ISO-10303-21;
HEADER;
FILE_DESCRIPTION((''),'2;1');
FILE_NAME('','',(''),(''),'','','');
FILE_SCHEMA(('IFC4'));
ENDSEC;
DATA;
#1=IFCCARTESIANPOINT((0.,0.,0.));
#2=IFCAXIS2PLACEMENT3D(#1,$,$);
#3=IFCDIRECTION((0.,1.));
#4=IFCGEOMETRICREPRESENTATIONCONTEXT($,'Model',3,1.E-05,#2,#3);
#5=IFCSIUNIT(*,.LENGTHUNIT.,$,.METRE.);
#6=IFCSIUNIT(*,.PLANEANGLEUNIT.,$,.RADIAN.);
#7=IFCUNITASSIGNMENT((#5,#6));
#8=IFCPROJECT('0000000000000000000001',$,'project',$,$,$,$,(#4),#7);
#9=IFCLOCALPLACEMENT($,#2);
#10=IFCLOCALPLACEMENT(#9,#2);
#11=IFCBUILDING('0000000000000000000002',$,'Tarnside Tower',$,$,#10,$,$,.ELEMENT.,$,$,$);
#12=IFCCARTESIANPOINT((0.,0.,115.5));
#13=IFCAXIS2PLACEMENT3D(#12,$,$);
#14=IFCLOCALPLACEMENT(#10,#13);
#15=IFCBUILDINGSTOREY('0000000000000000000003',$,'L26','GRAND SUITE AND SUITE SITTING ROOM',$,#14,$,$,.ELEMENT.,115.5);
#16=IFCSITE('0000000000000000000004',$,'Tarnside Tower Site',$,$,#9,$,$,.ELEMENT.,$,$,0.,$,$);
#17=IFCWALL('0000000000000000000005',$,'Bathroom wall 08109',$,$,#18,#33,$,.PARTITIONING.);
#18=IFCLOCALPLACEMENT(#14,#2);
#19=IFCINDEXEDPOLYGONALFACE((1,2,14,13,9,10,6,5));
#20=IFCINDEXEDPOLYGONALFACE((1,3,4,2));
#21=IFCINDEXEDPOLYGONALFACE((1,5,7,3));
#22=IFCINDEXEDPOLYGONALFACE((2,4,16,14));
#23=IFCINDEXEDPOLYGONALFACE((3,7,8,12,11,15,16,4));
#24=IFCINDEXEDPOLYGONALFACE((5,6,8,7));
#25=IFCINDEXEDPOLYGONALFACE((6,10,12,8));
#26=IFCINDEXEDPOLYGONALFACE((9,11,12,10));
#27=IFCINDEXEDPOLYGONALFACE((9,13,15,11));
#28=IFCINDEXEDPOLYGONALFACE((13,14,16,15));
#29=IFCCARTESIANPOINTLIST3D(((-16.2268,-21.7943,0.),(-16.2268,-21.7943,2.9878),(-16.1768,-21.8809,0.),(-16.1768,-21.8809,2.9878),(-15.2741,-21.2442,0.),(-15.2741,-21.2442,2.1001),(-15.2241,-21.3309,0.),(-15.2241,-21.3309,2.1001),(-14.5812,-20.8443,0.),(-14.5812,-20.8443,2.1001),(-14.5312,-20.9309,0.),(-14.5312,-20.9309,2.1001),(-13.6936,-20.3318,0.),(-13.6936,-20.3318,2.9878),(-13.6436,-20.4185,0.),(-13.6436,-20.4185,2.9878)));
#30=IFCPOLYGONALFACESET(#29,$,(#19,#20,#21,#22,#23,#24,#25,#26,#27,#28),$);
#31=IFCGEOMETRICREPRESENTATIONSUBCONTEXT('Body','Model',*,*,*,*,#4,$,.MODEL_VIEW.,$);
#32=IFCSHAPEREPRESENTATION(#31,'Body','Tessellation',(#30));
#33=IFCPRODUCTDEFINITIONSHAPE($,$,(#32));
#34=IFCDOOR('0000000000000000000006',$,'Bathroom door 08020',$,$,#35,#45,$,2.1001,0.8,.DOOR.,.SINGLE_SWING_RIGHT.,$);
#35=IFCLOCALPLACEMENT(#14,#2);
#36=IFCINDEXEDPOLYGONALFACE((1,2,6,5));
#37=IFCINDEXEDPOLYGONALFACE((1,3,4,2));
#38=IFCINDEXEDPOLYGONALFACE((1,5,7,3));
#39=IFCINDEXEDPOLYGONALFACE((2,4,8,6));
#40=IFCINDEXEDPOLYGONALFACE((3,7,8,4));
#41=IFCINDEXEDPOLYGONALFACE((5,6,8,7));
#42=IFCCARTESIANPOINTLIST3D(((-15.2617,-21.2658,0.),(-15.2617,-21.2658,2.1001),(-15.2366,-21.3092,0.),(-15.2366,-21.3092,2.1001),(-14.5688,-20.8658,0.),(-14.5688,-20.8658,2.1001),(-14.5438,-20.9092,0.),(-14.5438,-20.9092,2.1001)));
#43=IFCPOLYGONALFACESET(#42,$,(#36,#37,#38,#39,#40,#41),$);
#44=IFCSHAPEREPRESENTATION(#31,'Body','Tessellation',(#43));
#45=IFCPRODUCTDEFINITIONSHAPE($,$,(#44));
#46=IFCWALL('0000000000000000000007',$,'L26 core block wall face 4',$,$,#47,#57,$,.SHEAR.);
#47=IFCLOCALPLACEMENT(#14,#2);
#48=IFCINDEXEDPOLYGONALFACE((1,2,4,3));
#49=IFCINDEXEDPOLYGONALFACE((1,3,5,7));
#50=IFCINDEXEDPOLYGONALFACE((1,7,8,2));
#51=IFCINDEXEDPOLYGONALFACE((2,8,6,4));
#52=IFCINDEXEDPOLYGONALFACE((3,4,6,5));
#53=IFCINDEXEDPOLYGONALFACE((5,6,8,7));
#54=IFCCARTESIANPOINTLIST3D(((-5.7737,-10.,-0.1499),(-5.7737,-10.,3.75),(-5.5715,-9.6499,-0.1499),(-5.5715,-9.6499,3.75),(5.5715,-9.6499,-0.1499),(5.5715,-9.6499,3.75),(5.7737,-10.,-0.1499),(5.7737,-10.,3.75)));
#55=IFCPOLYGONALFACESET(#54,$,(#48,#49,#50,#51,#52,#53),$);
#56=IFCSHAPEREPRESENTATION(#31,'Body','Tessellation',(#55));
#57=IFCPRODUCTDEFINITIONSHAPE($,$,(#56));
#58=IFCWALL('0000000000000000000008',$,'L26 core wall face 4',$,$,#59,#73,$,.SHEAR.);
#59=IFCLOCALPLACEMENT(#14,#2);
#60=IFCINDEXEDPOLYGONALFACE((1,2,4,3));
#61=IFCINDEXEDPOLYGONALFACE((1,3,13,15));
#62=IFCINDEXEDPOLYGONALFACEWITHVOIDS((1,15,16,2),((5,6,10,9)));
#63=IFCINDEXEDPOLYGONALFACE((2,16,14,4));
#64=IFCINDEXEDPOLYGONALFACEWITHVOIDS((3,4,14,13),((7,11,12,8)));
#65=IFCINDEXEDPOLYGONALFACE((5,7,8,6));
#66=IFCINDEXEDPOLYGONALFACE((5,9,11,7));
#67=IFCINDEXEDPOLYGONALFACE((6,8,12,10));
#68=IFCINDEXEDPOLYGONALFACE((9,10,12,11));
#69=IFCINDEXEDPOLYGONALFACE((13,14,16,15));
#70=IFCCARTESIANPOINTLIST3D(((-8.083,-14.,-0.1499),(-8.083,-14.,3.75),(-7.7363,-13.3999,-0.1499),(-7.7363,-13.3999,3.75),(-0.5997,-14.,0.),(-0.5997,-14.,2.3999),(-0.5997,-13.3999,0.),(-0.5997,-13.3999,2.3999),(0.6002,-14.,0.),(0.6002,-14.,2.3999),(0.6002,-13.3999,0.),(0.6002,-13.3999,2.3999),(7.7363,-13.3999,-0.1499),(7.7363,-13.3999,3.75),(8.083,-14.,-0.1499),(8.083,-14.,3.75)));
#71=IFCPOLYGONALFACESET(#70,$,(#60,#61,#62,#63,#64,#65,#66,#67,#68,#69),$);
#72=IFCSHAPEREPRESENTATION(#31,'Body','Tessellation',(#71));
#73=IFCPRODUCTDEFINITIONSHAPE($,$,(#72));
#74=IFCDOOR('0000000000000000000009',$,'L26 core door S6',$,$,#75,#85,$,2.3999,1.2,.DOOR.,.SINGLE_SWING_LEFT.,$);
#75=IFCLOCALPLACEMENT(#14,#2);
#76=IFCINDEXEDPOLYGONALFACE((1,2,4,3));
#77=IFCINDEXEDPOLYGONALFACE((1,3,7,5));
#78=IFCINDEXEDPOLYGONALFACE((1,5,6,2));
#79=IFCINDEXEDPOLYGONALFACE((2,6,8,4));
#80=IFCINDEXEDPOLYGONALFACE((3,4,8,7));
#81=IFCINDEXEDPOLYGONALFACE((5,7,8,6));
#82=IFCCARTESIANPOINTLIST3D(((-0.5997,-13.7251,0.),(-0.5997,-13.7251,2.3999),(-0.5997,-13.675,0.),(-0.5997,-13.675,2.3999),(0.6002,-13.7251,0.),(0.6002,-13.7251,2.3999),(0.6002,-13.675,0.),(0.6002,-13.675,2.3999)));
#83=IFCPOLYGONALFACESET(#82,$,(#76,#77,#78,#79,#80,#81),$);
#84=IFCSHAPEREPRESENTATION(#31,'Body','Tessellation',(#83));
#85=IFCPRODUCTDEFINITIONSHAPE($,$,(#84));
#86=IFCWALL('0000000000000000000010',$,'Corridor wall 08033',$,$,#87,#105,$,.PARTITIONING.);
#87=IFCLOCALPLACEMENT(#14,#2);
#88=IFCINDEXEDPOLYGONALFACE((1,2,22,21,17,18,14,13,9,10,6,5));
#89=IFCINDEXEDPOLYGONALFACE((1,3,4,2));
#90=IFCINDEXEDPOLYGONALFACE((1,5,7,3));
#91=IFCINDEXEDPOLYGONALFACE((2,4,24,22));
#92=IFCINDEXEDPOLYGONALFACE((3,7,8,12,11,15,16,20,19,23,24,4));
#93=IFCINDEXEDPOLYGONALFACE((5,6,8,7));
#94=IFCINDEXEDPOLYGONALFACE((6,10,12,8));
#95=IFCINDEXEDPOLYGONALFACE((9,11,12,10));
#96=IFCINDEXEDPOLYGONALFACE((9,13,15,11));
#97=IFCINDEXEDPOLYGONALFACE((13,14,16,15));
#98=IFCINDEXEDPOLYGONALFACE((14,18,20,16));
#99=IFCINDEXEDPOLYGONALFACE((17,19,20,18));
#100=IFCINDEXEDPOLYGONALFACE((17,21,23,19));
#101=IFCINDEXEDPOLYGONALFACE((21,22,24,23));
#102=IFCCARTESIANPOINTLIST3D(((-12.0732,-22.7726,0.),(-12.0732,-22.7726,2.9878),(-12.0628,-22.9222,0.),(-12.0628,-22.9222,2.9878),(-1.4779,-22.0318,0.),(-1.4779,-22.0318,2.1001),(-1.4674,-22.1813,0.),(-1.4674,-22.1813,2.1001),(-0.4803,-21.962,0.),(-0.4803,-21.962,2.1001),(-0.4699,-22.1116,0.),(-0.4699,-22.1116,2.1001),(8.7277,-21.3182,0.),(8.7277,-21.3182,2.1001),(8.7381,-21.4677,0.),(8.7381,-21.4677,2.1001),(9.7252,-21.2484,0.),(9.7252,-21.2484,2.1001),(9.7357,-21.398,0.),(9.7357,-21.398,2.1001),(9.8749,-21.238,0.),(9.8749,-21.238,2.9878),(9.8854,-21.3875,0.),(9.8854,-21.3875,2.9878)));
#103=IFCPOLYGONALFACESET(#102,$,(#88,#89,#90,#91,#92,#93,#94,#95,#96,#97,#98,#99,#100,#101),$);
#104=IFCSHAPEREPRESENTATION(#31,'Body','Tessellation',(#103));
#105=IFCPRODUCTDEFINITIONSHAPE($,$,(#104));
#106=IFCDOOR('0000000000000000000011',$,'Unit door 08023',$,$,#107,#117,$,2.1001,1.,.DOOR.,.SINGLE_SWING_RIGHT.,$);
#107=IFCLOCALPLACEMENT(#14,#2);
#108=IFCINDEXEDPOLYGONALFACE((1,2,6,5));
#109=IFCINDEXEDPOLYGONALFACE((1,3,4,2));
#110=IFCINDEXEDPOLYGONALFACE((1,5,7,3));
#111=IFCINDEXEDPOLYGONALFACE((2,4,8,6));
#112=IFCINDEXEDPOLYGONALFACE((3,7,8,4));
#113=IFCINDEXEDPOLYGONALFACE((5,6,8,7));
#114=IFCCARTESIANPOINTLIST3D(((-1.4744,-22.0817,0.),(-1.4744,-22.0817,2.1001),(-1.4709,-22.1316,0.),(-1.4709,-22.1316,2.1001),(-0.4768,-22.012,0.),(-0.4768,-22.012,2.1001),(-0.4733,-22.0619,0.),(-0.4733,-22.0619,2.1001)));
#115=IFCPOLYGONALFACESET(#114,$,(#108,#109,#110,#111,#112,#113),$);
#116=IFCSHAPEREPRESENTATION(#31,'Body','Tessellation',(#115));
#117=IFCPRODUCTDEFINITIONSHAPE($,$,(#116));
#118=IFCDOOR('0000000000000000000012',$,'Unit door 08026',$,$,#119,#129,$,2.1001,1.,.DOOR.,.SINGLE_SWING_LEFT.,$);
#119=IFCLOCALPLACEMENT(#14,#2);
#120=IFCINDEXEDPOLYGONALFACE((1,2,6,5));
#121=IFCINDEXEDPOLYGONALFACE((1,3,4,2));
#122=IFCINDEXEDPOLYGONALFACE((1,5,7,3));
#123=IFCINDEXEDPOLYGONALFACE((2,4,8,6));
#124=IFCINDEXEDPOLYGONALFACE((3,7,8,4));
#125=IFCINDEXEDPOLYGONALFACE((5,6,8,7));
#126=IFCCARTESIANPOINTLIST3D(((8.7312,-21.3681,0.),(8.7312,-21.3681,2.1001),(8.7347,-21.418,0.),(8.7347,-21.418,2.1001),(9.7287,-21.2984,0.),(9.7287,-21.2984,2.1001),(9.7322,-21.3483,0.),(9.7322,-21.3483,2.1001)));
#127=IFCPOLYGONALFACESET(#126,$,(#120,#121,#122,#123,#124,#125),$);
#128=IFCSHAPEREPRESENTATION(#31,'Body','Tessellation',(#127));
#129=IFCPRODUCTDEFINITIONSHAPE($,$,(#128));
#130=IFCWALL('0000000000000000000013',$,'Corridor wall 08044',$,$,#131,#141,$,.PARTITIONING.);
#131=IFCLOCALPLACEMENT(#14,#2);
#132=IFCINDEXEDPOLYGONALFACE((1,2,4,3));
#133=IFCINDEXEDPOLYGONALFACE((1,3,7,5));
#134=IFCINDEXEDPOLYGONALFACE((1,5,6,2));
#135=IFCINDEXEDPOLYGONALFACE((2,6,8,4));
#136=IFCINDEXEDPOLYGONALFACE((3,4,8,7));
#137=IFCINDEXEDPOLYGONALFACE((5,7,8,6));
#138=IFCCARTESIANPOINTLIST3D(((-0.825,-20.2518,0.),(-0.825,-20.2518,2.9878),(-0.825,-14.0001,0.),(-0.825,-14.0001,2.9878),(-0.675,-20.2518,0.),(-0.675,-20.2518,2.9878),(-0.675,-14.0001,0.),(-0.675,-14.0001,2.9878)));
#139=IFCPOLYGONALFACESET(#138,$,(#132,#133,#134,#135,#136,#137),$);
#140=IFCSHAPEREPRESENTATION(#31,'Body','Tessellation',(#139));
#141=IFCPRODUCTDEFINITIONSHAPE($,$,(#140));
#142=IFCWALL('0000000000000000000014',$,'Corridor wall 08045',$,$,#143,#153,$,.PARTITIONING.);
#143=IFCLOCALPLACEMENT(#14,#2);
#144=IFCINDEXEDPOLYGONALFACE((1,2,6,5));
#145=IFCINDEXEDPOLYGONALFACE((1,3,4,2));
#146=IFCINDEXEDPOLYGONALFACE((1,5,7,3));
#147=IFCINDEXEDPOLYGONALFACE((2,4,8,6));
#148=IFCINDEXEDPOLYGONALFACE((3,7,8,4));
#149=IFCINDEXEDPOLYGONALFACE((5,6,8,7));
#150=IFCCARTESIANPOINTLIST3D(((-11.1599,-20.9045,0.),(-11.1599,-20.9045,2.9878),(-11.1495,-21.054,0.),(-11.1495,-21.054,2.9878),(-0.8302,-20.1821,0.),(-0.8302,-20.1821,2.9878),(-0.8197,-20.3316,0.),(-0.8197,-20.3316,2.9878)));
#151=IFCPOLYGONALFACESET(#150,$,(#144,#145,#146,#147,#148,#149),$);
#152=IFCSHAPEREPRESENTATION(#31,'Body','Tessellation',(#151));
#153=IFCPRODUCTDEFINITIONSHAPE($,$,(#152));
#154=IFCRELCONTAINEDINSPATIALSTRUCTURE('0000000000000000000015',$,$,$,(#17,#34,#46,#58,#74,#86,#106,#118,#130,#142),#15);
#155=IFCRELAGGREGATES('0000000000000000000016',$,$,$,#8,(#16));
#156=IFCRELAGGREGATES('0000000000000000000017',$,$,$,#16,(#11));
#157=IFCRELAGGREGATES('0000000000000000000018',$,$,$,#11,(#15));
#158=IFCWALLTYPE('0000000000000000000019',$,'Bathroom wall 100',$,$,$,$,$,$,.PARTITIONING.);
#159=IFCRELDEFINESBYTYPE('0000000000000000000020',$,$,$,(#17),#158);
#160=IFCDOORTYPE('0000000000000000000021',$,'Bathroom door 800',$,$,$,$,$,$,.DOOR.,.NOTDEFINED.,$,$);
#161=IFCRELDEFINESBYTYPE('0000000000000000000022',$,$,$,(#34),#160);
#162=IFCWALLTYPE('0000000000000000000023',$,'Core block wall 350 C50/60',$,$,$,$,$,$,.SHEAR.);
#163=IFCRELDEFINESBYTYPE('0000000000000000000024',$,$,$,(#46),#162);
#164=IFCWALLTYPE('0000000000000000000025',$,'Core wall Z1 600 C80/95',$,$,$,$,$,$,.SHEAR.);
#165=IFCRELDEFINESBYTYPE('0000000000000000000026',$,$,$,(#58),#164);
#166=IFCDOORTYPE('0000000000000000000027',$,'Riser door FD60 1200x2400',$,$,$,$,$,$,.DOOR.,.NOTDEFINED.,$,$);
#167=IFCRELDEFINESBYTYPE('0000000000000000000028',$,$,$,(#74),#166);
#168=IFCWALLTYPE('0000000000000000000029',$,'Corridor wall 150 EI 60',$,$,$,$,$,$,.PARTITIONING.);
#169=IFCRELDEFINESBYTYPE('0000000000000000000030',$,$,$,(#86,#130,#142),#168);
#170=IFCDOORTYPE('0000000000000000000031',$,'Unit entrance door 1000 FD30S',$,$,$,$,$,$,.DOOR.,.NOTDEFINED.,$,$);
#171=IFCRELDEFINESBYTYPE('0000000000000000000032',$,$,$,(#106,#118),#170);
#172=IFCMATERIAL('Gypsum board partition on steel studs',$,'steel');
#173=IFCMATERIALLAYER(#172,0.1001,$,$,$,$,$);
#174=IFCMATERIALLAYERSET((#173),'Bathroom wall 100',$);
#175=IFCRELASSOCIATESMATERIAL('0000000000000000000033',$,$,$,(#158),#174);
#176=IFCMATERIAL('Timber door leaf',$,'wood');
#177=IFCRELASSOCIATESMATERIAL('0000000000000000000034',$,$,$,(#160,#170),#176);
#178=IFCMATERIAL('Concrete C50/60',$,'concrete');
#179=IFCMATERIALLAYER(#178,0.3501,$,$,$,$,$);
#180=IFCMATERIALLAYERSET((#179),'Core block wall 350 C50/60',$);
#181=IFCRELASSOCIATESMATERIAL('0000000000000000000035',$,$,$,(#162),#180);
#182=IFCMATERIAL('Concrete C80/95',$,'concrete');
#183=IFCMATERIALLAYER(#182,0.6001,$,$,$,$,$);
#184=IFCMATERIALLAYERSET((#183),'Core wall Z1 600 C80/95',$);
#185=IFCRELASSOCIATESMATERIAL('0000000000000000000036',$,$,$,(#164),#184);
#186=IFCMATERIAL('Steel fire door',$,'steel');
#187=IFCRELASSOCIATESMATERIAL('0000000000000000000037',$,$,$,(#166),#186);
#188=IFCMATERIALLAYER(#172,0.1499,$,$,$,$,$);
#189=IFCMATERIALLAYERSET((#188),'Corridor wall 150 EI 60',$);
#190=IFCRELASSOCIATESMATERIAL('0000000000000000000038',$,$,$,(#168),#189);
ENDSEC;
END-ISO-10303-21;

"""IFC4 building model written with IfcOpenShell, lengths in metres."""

from ifc_helpers import new_model, si_unit, direction, frame, frame_2d, origin, place, context, subcontext, project, spatial, polyline, rectangle, outline, extrude, material, layer, layer_set, type_object, element, fill, save


model = new_model("IFC4")

# Units and contexts
model_context = context("Model", 3, precision=1e-05, world=origin(), true_north=direction((0.0, 1.0)))
body_context = subcontext(model_context, "Body", "Model", "MODEL_VIEW")
ifc_project = project(units=[si_unit("LENGTHUNIT", "METRE"), si_unit("PLANEANGLEUNIT", "RADIAN")], contexts=[model_context])

# Site, building, storey
site_placement = place(None, origin())
site = spatial("IfcSite", under=ifc_project, at=site_placement, Name="Tarnside Tower Site", CompositionType="ELEMENT", RefElevation=0.0)
building_placement = place(site_placement, origin())
building = spatial("IfcBuilding", under=site, at=building_placement, Name="Tarnside Tower", CompositionType="ELEMENT")
storey_placement = place(building_placement, frame((0.0, 0.0, 115.5)))
storey = spatial("IfcBuildingStorey", under=building, at=storey_placement, Name="L26", Description="GRAND SUITE AND SUITE SITTING ROOM", CompositionType="ELEMENT", Elevation=115.5)

# Wall, opening, door
ifc_material_1 = material(Name="Gypsum board partition on steel studs", Category="steel")
ifc_layer_1 = layer(ifc_material_1, 0.1001)
ifc_layer_set_1 = layer_set([ifc_layer_1], Name="Bathroom wall 100")
wall_type_1 = type_object("IfcWallType", Name="Bathroom wall 100", PredefinedType="PARTITIONING", material=ifc_layer_set_1)
wall_1_placement = place(storey_placement, frame((-13.6687, -20.3752, 0.0), z_axis=(0.0, 0.0, 1.0), x_axis=(-0.866047, -0.499963, 0.0)))
wall_1 = element("IfcWall", 1, at=wall_1_placement, inside=storey, type_object=wall_type_1, Name="Bathroom wall 08109", PredefinedType="PARTITIONING", context=body_context, shape_type="SweptSolid", body=[
    extrude(rectangle(XDim=2.925, YDim=0.1001, at=frame_2d((1.4624, 0.0))), origin(), (0.0, 0.0, 1.0), 2.9878),
])
opening_1_placement = place(wall_1_placement, frame((1.0249, 0.0, 0.0)))
opening_1 = element("IfcOpeningElement", 2, at=opening_1_placement, cuts=wall_1, PredefinedType="OPENING", context=body_context, shape_type="SweptSolid", body=[
    extrude(rectangle(XDim=0.8, YDim=2.1001, at=frame_2d((0.3999, 1.05))), frame((0.0, 0.0601, 0.0), z_axis=(0.0, -1.0, 0.0), x_axis=(1.0, 0.0, 0.0)), (0.0, 0.0, 1.0), 0.1201),
])
ifc_material_2 = material(Name="Timber door leaf", Category="wood")
door_type_1 = type_object("IfcDoorType", Name="Bathroom door 800", OperationType="NOTDEFINED", PredefinedType="DOOR", material=ifc_material_2)
door_1_placement = place(opening_1_placement, origin())
door_1 = element("IfcDoor", 3, at=door_1_placement, inside=storey, type_object=door_type_1, Name="Bathroom door 08020", OperationType="SINGLE_SWING_RIGHT", OverallHeight=2.1001, OverallWidth=0.8, PredefinedType="DOOR", context=body_context, shape_type="SweptSolid", body=[
    extrude(rectangle(XDim=0.8, YDim=2.1001, at=frame_2d((0.3999, 1.05))), frame((0.0, 0.0249, 0.0), z_axis=(0.0, -1.0, 0.0), x_axis=(1.0, 0.0, 0.0)), (0.0, 0.0, 1.0), 0.05),
])
fill(opening_1, door_1)

# Wall
ifc_material_3 = material(Name="Concrete C50/60", Category="concrete")
ifc_layer_2 = layer(ifc_material_3, 0.3501)
ifc_layer_set_2 = layer_set([ifc_layer_2], Name="Core block wall 350 C50/60")
wall_type_2 = type_object("IfcWallType", Name="Core block wall 350 C50/60", PredefinedType="SHEAR", material=ifc_layer_set_2)
wall_2_placement = place(storey_placement, frame((-5.6726, -9.825, -0.1499), z_axis=(0.0, 0.0, 1.0), x_axis=(1.0, 0.0, 0.0)))
element("IfcWall", 4, at=wall_2_placement, inside=storey, type_object=wall_type_2, Name="L26 core block wall face 4", PredefinedType="SHEAR", context=body_context, shape_type="SweptSolid", body=[
    extrude(outline(polyline([(-0.1011, -0.175), (11.4463, -0.175), (11.2441, 0.175), (0.1011, 0.175), (-0.1011, -0.175)])), origin(), (0.0, 0.0, 1.0), 3.8999),
])

# Wall, opening, door
ifc_material_4 = material(Name="Concrete C80/95", Category="concrete")
ifc_layer_3 = layer(ifc_material_4, 0.6001)
ifc_layer_set_3 = layer_set([ifc_layer_3], Name="Core wall Z1 600 C80/95")
wall_type_3 = type_object("IfcWallType", Name="Core wall Z1 600 C80/95", PredefinedType="SHEAR", material=ifc_layer_set_3)
wall_3_placement = place(storey_placement, frame((-7.9097, -13.7, -0.1499), z_axis=(0.0, 0.0, 1.0), x_axis=(1.0, 0.0, 0.0)))
wall_3 = element("IfcWall", 5, at=wall_3_placement, inside=storey, type_object=wall_type_3, Name="L26 core wall face 4", PredefinedType="SHEAR", context=body_context, shape_type="SweptSolid", body=[
    extrude(outline(polyline([(-0.1733, -0.3), (15.9927, -0.3), (15.646, 0.3), (0.1733, 0.3), (-0.1733, -0.3)])), origin(), (0.0, 0.0, 1.0), 3.8999),
])
opening_2_placement = place(wall_3_placement, frame((7.3098, 0.0, 0.1499)))
opening_2 = element("IfcOpeningElement", 6, at=opening_2_placement, cuts=wall_3, PredefinedType="OPENING", context=body_context, shape_type="SweptSolid", body=[
    extrude(rectangle(XDim=1.2, YDim=2.3999, at=frame_2d((0.6001, 1.2))), frame((0.0, 0.3101, 0.0), z_axis=(0.0, -1.0, 0.0), x_axis=(1.0, 0.0, 0.0)), (0.0, 0.0, 1.0), 0.6201),
])
ifc_material_5 = material(Name="Steel fire door", Category="steel")
door_type_2 = type_object("IfcDoorType", Name="Riser door FD60 1200x2400", OperationType="NOTDEFINED", PredefinedType="DOOR", material=ifc_material_5)
door_2_placement = place(opening_2_placement, origin())
door_2 = element("IfcDoor", 7, at=door_2_placement, inside=storey, type_object=door_type_2, Name="L26 core door S6", OperationType="SINGLE_SWING_LEFT", OverallHeight=2.3999, OverallWidth=1.2, PredefinedType="DOOR", context=body_context, shape_type="SweptSolid", body=[
    extrude(rectangle(XDim=1.2, YDim=2.3999, at=frame_2d((0.6001, 1.2))), frame((0.0, 0.0249, 0.0), z_axis=(0.0, -1.0, 0.0), x_axis=(1.0, 0.0, 0.0)), (0.0, 0.0, 1.0), 0.05),
])
fill(opening_2, door_2)

# Wall, openings, doors
ifc_layer_4 = layer(ifc_material_1, 0.1499)
ifc_layer_set_4 = layer_set([ifc_layer_4], Name="Corridor wall 150 EI 60")
wall_type_4 = type_object("IfcWallType", Name="Corridor wall 150 EI 60", PredefinedType="PARTITIONING", material=ifc_layer_set_4)
wall_4_placement = place(storey_placement, frame((-12.0681, -22.8474, 0.0), z_axis=(0.0, 0.0, 1.0), x_axis=(0.997564, 0.069752, 0.0)))
wall_4 = element("IfcWall", 8, at=wall_4_placement, inside=storey, type_object=wall_type_4, Name="Corridor wall 08033", PredefinedType="PARTITIONING", context=body_context, shape_type="SweptSolid", body=[
    extrude(rectangle(XDim=22.0017, YDim=0.1499, at=frame_2d((11.001, 0.0))), origin(), (0.0, 0.0, 1.0), 2.9878),
])
opening_3_placement = place(wall_4_placement, frame((10.6213, 0.0, 0.0)))
opening_3 = element("IfcOpeningElement", 9, at=opening_3_placement, cuts=wall_4, PredefinedType="OPENING", context=body_context, shape_type="SweptSolid", body=[
    extrude(rectangle(XDim=1.0, YDim=2.1001, at=frame_2d((0.5, 1.05))), frame((0.0, 0.085, 0.0), z_axis=(0.0, -1.0, 0.0), x_axis=(1.0, 0.0, 0.0)), (0.0, 0.0, 1.0), 0.1699),
])
opening_4_placement = place(wall_4_placement, frame((20.8518, 0.0, 0.0)))
opening_4 = element("IfcOpeningElement", 10, at=opening_4_placement, cuts=wall_4, PredefinedType="OPENING", context=body_context, shape_type="SweptSolid", body=[
    extrude(rectangle(XDim=1.0, YDim=2.1001, at=frame_2d((0.5, 1.05))), frame((0.0, 0.085, 0.0), z_axis=(0.0, -1.0, 0.0), x_axis=(1.0, 0.0, 0.0)), (0.0, 0.0, 1.0), 0.1699),
])
door_type_3 = type_object("IfcDoorType", Name="Unit entrance door 1000 FD30S", OperationType="NOTDEFINED", PredefinedType="DOOR", material=ifc_material_2)
door_3_placement = place(opening_3_placement, origin())
door_3 = element("IfcDoor", 11, at=door_3_placement, inside=storey, type_object=door_type_3, Name="Unit door 08023", OperationType="SINGLE_SWING_RIGHT", OverallHeight=2.1001, OverallWidth=1.0, PredefinedType="DOOR", context=body_context, shape_type="SweptSolid", body=[
    extrude(rectangle(XDim=1.0, YDim=2.1001, at=frame_2d((0.5, 1.05))), frame((0.0, 0.0249, 0.0), z_axis=(0.0, -1.0, 0.0), x_axis=(1.0, 0.0, 0.0)), (0.0, 0.0, 1.0), 0.05),
])
fill(opening_3, door_3)
door_4_placement = place(opening_4_placement, origin())
door_4 = element("IfcDoor", 12, at=door_4_placement, inside=storey, type_object=door_type_3, Name="Unit door 08026", OperationType="SINGLE_SWING_LEFT", OverallHeight=2.1001, OverallWidth=1.0, PredefinedType="DOOR", context=body_context, shape_type="SweptSolid", body=[
    extrude(rectangle(XDim=1.0, YDim=2.1001, at=frame_2d((0.5, 1.05))), frame((0.0, 0.0249, 0.0), z_axis=(0.0, -1.0, 0.0), x_axis=(1.0, 0.0, 0.0)), (0.0, 0.0, 1.0), 0.05),
])
fill(opening_4, door_4)

# Walls
wall_5_placement = place(storey_placement, frame((-0.75, -14.0, 0.0), z_axis=(0.0, 0.0, 1.0), x_axis=(0.0, -1.0, 0.0)))
element("IfcWall", 13, at=wall_5_placement, inside=storey, type_object=wall_type_4, Name="Corridor wall 08044", PredefinedType="PARTITIONING", context=body_context, shape_type="SweptSolid", body=[
    extrude(rectangle(XDim=6.2517, YDim=0.1499, at=frame_2d((3.126, 0.0))), origin(), (0.0, 0.0, 1.0), 2.9878),
])
wall_6_placement = place(storey_placement, frame((-0.825, -20.2568, 0.0), z_axis=(0.0, 0.0, 1.0), x_axis=(-0.997564, -0.069764, 0.0)))
element("IfcWall", 14, at=wall_6_placement, inside=storey, type_object=wall_type_4, Name="Corridor wall 08045", PredefinedType="PARTITIONING", context=body_context, shape_type="SweptSolid", body=[
    extrude(rectangle(XDim=10.355, YDim=0.1499, at=frame_2d((5.1775, 0.0))), origin(), (0.0, 0.0, 1.0), 2.9878),
])

save(model, "model.ifc")
